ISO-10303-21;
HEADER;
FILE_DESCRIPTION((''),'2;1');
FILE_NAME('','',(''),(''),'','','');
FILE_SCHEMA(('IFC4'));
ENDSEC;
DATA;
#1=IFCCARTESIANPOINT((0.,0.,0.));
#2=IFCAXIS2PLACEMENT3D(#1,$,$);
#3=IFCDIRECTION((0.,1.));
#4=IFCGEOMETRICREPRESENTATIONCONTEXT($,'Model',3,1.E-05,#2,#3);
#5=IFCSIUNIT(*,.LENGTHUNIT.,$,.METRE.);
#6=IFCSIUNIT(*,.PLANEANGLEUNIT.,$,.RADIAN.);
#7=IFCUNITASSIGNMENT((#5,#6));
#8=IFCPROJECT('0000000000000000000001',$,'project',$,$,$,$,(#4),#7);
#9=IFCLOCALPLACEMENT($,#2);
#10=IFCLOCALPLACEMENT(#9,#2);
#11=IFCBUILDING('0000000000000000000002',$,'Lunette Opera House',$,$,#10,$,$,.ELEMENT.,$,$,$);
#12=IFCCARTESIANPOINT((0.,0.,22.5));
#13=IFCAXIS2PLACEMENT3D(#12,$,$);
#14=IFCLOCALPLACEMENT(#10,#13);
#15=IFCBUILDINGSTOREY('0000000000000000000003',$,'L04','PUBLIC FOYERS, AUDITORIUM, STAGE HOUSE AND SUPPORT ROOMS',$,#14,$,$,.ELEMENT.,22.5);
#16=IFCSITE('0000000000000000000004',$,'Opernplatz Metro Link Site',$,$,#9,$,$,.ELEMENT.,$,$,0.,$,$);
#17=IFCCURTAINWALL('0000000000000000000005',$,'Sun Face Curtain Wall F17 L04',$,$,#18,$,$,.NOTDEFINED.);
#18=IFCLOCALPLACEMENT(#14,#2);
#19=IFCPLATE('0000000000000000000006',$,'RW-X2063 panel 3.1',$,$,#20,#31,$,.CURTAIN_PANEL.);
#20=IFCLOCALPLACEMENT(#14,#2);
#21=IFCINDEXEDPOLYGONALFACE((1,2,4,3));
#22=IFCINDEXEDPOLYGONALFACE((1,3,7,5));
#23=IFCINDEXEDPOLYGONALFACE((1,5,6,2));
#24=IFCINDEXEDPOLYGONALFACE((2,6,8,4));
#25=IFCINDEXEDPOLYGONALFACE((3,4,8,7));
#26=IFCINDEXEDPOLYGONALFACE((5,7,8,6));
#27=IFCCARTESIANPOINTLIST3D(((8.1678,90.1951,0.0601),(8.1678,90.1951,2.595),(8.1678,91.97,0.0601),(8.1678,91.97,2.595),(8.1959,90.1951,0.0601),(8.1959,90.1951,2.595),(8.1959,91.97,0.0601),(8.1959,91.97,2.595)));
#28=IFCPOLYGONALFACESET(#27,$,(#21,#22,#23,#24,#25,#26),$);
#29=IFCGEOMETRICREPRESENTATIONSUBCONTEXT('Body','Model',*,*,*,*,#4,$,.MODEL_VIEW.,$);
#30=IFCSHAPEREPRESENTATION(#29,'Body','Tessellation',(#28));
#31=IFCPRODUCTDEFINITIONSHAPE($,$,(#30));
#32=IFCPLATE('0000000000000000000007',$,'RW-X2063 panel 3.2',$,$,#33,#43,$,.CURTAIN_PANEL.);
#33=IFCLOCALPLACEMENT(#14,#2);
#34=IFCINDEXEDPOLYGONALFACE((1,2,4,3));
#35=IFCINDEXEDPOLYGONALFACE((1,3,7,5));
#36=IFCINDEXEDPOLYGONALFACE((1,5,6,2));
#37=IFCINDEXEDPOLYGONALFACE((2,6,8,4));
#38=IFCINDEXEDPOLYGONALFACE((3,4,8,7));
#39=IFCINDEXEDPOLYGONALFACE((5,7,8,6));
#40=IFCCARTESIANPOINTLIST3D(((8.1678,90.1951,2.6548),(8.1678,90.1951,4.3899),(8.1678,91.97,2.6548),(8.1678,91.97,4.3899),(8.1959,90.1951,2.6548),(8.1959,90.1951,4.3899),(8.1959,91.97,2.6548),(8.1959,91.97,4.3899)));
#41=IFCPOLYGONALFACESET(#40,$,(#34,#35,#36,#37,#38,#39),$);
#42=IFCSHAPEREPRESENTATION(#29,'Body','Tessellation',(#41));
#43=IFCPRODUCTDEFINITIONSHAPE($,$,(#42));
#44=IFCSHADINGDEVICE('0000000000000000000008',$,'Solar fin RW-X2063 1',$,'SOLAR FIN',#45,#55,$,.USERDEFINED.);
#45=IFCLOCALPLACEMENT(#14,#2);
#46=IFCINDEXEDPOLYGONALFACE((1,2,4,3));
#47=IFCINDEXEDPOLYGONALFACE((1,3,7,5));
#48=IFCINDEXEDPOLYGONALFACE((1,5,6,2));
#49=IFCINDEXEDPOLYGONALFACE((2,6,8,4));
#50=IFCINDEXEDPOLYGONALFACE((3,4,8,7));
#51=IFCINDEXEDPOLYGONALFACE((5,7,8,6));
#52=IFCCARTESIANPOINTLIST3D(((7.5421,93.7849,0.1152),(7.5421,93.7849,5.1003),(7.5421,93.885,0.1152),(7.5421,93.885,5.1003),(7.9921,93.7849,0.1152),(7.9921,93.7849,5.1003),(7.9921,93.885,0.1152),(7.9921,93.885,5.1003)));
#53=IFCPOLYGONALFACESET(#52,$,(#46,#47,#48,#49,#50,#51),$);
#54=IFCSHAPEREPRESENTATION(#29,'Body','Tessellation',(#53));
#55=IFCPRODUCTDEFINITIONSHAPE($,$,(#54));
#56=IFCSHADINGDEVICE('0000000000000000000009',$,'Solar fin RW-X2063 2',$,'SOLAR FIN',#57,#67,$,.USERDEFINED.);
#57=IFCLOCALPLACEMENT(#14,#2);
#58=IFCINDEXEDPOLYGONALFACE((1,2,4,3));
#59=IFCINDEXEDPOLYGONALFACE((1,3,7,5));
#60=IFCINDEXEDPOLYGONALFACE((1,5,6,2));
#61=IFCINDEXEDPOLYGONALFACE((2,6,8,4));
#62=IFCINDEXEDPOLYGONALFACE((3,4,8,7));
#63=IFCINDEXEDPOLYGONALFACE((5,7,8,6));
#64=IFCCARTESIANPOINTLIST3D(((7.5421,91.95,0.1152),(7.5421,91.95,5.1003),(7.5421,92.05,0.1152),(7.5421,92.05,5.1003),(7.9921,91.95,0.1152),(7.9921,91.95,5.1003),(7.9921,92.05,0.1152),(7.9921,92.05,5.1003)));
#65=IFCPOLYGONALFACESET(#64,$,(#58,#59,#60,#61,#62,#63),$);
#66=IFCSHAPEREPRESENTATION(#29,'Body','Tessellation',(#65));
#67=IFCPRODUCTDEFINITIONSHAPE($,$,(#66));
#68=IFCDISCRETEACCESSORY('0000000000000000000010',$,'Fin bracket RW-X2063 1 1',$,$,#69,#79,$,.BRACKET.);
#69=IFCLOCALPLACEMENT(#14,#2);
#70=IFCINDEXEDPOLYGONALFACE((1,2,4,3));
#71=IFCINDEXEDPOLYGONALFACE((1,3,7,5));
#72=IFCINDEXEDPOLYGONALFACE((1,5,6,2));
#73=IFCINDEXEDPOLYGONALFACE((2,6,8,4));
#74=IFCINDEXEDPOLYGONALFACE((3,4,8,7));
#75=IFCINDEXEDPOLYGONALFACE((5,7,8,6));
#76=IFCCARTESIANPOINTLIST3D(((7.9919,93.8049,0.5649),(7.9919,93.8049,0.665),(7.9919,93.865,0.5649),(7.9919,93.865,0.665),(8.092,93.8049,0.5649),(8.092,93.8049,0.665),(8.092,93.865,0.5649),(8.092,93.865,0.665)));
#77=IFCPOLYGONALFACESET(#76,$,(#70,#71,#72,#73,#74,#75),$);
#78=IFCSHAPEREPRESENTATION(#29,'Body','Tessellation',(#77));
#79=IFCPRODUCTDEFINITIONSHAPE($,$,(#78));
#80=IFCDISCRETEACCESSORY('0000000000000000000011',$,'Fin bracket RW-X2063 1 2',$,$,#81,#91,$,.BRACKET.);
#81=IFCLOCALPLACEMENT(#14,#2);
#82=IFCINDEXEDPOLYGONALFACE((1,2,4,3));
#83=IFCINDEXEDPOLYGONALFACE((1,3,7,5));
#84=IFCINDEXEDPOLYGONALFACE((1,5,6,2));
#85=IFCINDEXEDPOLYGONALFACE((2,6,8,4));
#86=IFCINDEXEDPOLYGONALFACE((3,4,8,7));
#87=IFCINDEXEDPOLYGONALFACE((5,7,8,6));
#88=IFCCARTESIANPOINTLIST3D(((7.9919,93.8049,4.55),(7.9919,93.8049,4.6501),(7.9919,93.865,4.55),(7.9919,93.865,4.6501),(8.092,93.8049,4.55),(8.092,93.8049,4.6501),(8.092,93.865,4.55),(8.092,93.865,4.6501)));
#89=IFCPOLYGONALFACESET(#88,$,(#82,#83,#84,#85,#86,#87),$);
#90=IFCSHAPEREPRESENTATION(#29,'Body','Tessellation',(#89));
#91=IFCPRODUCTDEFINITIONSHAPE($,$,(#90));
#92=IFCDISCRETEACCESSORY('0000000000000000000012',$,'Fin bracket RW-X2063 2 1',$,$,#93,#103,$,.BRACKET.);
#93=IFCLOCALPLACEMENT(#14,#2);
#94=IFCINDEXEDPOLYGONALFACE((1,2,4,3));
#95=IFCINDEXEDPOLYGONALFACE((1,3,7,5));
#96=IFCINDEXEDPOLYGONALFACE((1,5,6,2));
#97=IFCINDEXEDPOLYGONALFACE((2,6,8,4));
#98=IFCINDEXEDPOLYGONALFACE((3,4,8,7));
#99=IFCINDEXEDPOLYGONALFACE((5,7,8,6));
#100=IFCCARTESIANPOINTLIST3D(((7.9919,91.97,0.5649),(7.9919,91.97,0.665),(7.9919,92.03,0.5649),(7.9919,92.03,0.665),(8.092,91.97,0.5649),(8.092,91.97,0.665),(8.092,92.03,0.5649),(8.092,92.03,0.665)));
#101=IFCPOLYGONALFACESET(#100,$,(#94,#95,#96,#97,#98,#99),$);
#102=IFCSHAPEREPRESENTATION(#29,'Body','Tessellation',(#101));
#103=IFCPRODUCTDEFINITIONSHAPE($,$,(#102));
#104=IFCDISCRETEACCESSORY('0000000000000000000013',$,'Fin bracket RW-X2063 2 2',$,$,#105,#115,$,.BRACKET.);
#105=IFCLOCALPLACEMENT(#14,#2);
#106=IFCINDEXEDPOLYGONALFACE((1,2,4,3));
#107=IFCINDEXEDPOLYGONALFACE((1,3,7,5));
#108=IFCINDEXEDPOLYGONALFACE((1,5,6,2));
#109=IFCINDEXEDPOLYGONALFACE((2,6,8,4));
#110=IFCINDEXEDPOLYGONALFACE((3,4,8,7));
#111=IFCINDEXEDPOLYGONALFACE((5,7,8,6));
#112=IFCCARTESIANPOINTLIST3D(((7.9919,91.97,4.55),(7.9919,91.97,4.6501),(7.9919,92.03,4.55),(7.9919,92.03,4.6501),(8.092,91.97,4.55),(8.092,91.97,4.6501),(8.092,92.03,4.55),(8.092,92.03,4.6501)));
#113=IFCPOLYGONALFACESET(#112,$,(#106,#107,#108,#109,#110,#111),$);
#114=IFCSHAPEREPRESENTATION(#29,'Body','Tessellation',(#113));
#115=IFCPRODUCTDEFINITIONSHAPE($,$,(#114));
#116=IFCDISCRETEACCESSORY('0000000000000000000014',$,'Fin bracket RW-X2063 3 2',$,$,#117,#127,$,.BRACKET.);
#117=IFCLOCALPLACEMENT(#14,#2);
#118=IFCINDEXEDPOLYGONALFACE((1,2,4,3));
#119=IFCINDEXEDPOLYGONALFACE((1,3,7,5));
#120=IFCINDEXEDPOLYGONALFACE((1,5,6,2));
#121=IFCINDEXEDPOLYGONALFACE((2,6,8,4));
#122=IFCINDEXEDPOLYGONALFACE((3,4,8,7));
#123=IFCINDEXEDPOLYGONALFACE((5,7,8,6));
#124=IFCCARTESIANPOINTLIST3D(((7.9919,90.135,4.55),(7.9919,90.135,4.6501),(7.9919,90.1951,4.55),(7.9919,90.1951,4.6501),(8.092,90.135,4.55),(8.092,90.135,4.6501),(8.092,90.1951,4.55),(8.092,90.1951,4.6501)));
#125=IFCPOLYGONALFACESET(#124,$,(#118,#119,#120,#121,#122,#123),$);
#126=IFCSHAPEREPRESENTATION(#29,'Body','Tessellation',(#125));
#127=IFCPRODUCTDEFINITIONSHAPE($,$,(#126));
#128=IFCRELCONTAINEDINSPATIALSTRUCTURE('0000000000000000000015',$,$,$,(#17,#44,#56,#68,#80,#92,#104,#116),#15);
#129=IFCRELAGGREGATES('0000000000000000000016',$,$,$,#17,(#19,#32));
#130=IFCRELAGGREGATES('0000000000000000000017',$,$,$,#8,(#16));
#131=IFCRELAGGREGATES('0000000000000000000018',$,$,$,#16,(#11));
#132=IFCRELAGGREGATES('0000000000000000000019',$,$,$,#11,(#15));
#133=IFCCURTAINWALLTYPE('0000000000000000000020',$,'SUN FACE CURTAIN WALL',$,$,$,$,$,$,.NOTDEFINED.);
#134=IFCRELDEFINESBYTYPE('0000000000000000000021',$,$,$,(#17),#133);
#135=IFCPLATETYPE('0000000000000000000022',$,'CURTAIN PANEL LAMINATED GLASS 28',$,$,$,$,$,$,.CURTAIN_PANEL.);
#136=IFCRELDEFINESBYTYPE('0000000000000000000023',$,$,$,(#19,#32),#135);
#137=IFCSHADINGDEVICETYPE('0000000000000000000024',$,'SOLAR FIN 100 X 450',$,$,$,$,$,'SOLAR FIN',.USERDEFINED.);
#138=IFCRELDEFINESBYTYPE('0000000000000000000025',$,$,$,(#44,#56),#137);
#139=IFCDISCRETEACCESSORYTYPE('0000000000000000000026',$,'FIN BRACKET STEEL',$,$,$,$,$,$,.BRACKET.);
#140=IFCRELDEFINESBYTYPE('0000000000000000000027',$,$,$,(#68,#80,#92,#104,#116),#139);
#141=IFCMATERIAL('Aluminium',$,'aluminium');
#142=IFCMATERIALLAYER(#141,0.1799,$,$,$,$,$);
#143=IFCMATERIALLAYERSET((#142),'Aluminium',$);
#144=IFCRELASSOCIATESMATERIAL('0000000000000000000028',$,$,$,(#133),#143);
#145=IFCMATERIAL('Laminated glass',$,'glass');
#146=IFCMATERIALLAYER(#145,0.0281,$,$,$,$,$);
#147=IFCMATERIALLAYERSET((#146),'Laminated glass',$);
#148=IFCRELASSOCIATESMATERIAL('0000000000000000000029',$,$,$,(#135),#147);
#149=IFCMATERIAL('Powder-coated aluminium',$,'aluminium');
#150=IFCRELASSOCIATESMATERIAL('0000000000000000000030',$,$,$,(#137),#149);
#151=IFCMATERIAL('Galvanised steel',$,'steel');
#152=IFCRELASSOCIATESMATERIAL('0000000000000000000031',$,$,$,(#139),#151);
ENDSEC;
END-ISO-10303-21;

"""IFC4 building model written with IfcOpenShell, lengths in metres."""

from ifc_helpers import new_model, si_unit, direction, frame, origin, origin_2d, place, context, subcontext, project, spatial, rectangle, extrude, material, layer, layer_set, type_object, element, aggregate, save


model = new_model("IFC4")

# Units and contexts
model_context = context("Model", 3, precision=1e-05, world=origin(), true_north=direction((0.0, 1.0)))
body_context = subcontext(model_context, "Body", "Model", "MODEL_VIEW")
ifc_project = project(units=[si_unit("LENGTHUNIT", "METRE"), si_unit("PLANEANGLEUNIT", "RADIAN")], contexts=[model_context])

# Site, building, storey
site_placement = place(None, origin())
site = spatial("IfcSite", under=ifc_project, at=site_placement, Name="Opernplatz Metro Link Site", CompositionType="ELEMENT", RefElevation=0.0)
building_placement = place(site_placement, origin())
building = spatial("IfcBuilding", under=site, at=building_placement, Name="Lunette Opera House", CompositionType="ELEMENT")
storey_placement = place(building_placement, frame((0.0, 0.0, 22.5)))
storey = spatial("IfcBuildingStorey", under=building, at=storey_placement, Name="L04", Description="PUBLIC FOYERS, AUDITORIUM, STAGE HOUSE AND SUPPORT ROOMS", CompositionType="ELEMENT", Elevation=22.5)

# Curtain wall
ifc_material_1 = material(Name="Aluminium", Category="aluminium")
ifc_layer_1 = layer(ifc_material_1, 0.1799)
ifc_layer_set_1 = layer_set([ifc_layer_1], Name="Aluminium")
curtain_wall_type = type_object("IfcCurtainWallType", Name="SUN FACE CURTAIN WALL", PredefinedType="NOTDEFINED", material=ifc_layer_set_1)
curtain_wall_placement = place(storey_placement, origin())
curtain_wall = element("IfcCurtainWall", 1, at=curtain_wall_placement, inside=storey, type_object=curtain_wall_type, Name="Sun Face Curtain Wall F17 L04", PredefinedType="NOTDEFINED")

# Plates
ifc_material_2 = material(Name="Laminated glass", Category="glass")
ifc_layer_2 = layer(ifc_material_2, 0.0281)
ifc_layer_set_2 = layer_set([ifc_layer_2], Name="Laminated glass")
plate_type = type_object("IfcPlateType", Name="CURTAIN PANEL LAMINATED GLASS 28", PredefinedType="CURTAIN_PANEL", material=ifc_layer_set_2)
plate_1_placement = place(storey_placement, frame((8.1819, 91.0825, 0.0601), z_axis=(0.0, 0.0, 1.0), x_axis=(0.0, -1.0, 0.0)))
plate_1 = element("IfcPlate", 2, at=plate_1_placement, type_object=plate_type, Name="RW-X2063 panel 3.1", PredefinedType="CURTAIN_PANEL", context=body_context, shape_type="SweptSolid", body=[
    extrude(rectangle(XDim=1.7749, YDim=0.0281, at=origin_2d()), origin(), (0.0, 0.0, 1.0), 2.5349),
])
plate_2_placement = place(storey_placement, frame((8.1819, 91.0825, 2.6548), z_axis=(0.0, 0.0, 1.0), x_axis=(0.0, -1.0, 0.0)))
plate_2 = element("IfcPlate", 3, at=plate_2_placement, type_object=plate_type, Name="RW-X2063 panel 3.2", PredefinedType="CURTAIN_PANEL", context=body_context, shape_type="SweptSolid", body=[
    extrude(rectangle(XDim=1.7749, YDim=0.0281, at=origin_2d()), origin(), (0.0, 0.0, 1.0), 1.7351),
])
aggregate(curtain_wall, [plate_1, plate_2])

# Shading devices
ifc_material_3 = material(Name="Powder-coated aluminium", Category="aluminium")
shading_device_type = type_object("IfcShadingDeviceType", Name="SOLAR FIN 100 X 450", ElementType="SOLAR FIN", PredefinedType="USERDEFINED", material=ifc_material_3)
for number, where, z_axis, x_axis, name in (
    (4, (7.7671, 93.835, 0.1152), (0.0, 0.0, 1.0), (-1.0, 0.0, 0.0), "Solar fin RW-X2063 1"),
    (5, (7.7671, 92.0, 0.1152), (0.0, 0.0, 1.0), (-1.0, 0.0, 0.0), "Solar fin RW-X2063 2"),
):
    element("IfcShadingDevice", number, at=place(storey_placement, frame(where, z_axis=z_axis, x_axis=x_axis)), inside=storey, type_object=shading_device_type, Name=name, ObjectType="SOLAR FIN", PredefinedType="USERDEFINED", context=body_context, shape_type="SweptSolid", body=[
        extrude(rectangle(XDim=0.45, YDim=0.1001, at=origin_2d()), origin(), (0.0, 0.0, 1.0), 4.9851),
    ])

# Discrete accessories
ifc_material_4 = material(Name="Galvanised steel", Category="steel")
discrete_accessory_type = type_object("IfcDiscreteAccessoryType", Name="FIN BRACKET STEEL", PredefinedType="BRACKET", material=ifc_material_4)
for number, where, z_axis, x_axis, name in (
    (6, (8.042, 93.835, 0.5649), (0.0, 0.0, 1.0), (-1.0, 0.0, 0.0), "Fin bracket RW-X2063 1 1"),
    (7, (8.042, 93.835, 4.55), (0.0, 0.0, 1.0), (-1.0, 0.0, 0.0), "Fin bracket RW-X2063 1 2"),
    (8, (8.042, 92.0, 0.5649), (0.0, 0.0, 1.0), (-1.0, 0.0, 0.0), "Fin bracket RW-X2063 2 1"),
    (9, (8.042, 92.0, 4.55), (0.0, 0.0, 1.0), (-1.0, 0.0, 0.0), "Fin bracket RW-X2063 2 2"),
    (10, (8.042, 90.165, 4.55), (0.0, 0.0, 1.0), (-1.0, 0.0, 0.0), "Fin bracket RW-X2063 3 2"),
):
    element("IfcDiscreteAccessory", number, at=place(storey_placement, frame(where, z_axis=z_axis, x_axis=x_axis)), inside=storey, type_object=discrete_accessory_type, Name=name, PredefinedType="BRACKET", context=body_context, shape_type="SweptSolid", body=[
        extrude(rectangle(XDim=0.1001, YDim=0.0601, at=origin_2d()), origin(), (0.0, 0.0, 1.0), 0.1001),
    ])

save(model, "model.ifc")
